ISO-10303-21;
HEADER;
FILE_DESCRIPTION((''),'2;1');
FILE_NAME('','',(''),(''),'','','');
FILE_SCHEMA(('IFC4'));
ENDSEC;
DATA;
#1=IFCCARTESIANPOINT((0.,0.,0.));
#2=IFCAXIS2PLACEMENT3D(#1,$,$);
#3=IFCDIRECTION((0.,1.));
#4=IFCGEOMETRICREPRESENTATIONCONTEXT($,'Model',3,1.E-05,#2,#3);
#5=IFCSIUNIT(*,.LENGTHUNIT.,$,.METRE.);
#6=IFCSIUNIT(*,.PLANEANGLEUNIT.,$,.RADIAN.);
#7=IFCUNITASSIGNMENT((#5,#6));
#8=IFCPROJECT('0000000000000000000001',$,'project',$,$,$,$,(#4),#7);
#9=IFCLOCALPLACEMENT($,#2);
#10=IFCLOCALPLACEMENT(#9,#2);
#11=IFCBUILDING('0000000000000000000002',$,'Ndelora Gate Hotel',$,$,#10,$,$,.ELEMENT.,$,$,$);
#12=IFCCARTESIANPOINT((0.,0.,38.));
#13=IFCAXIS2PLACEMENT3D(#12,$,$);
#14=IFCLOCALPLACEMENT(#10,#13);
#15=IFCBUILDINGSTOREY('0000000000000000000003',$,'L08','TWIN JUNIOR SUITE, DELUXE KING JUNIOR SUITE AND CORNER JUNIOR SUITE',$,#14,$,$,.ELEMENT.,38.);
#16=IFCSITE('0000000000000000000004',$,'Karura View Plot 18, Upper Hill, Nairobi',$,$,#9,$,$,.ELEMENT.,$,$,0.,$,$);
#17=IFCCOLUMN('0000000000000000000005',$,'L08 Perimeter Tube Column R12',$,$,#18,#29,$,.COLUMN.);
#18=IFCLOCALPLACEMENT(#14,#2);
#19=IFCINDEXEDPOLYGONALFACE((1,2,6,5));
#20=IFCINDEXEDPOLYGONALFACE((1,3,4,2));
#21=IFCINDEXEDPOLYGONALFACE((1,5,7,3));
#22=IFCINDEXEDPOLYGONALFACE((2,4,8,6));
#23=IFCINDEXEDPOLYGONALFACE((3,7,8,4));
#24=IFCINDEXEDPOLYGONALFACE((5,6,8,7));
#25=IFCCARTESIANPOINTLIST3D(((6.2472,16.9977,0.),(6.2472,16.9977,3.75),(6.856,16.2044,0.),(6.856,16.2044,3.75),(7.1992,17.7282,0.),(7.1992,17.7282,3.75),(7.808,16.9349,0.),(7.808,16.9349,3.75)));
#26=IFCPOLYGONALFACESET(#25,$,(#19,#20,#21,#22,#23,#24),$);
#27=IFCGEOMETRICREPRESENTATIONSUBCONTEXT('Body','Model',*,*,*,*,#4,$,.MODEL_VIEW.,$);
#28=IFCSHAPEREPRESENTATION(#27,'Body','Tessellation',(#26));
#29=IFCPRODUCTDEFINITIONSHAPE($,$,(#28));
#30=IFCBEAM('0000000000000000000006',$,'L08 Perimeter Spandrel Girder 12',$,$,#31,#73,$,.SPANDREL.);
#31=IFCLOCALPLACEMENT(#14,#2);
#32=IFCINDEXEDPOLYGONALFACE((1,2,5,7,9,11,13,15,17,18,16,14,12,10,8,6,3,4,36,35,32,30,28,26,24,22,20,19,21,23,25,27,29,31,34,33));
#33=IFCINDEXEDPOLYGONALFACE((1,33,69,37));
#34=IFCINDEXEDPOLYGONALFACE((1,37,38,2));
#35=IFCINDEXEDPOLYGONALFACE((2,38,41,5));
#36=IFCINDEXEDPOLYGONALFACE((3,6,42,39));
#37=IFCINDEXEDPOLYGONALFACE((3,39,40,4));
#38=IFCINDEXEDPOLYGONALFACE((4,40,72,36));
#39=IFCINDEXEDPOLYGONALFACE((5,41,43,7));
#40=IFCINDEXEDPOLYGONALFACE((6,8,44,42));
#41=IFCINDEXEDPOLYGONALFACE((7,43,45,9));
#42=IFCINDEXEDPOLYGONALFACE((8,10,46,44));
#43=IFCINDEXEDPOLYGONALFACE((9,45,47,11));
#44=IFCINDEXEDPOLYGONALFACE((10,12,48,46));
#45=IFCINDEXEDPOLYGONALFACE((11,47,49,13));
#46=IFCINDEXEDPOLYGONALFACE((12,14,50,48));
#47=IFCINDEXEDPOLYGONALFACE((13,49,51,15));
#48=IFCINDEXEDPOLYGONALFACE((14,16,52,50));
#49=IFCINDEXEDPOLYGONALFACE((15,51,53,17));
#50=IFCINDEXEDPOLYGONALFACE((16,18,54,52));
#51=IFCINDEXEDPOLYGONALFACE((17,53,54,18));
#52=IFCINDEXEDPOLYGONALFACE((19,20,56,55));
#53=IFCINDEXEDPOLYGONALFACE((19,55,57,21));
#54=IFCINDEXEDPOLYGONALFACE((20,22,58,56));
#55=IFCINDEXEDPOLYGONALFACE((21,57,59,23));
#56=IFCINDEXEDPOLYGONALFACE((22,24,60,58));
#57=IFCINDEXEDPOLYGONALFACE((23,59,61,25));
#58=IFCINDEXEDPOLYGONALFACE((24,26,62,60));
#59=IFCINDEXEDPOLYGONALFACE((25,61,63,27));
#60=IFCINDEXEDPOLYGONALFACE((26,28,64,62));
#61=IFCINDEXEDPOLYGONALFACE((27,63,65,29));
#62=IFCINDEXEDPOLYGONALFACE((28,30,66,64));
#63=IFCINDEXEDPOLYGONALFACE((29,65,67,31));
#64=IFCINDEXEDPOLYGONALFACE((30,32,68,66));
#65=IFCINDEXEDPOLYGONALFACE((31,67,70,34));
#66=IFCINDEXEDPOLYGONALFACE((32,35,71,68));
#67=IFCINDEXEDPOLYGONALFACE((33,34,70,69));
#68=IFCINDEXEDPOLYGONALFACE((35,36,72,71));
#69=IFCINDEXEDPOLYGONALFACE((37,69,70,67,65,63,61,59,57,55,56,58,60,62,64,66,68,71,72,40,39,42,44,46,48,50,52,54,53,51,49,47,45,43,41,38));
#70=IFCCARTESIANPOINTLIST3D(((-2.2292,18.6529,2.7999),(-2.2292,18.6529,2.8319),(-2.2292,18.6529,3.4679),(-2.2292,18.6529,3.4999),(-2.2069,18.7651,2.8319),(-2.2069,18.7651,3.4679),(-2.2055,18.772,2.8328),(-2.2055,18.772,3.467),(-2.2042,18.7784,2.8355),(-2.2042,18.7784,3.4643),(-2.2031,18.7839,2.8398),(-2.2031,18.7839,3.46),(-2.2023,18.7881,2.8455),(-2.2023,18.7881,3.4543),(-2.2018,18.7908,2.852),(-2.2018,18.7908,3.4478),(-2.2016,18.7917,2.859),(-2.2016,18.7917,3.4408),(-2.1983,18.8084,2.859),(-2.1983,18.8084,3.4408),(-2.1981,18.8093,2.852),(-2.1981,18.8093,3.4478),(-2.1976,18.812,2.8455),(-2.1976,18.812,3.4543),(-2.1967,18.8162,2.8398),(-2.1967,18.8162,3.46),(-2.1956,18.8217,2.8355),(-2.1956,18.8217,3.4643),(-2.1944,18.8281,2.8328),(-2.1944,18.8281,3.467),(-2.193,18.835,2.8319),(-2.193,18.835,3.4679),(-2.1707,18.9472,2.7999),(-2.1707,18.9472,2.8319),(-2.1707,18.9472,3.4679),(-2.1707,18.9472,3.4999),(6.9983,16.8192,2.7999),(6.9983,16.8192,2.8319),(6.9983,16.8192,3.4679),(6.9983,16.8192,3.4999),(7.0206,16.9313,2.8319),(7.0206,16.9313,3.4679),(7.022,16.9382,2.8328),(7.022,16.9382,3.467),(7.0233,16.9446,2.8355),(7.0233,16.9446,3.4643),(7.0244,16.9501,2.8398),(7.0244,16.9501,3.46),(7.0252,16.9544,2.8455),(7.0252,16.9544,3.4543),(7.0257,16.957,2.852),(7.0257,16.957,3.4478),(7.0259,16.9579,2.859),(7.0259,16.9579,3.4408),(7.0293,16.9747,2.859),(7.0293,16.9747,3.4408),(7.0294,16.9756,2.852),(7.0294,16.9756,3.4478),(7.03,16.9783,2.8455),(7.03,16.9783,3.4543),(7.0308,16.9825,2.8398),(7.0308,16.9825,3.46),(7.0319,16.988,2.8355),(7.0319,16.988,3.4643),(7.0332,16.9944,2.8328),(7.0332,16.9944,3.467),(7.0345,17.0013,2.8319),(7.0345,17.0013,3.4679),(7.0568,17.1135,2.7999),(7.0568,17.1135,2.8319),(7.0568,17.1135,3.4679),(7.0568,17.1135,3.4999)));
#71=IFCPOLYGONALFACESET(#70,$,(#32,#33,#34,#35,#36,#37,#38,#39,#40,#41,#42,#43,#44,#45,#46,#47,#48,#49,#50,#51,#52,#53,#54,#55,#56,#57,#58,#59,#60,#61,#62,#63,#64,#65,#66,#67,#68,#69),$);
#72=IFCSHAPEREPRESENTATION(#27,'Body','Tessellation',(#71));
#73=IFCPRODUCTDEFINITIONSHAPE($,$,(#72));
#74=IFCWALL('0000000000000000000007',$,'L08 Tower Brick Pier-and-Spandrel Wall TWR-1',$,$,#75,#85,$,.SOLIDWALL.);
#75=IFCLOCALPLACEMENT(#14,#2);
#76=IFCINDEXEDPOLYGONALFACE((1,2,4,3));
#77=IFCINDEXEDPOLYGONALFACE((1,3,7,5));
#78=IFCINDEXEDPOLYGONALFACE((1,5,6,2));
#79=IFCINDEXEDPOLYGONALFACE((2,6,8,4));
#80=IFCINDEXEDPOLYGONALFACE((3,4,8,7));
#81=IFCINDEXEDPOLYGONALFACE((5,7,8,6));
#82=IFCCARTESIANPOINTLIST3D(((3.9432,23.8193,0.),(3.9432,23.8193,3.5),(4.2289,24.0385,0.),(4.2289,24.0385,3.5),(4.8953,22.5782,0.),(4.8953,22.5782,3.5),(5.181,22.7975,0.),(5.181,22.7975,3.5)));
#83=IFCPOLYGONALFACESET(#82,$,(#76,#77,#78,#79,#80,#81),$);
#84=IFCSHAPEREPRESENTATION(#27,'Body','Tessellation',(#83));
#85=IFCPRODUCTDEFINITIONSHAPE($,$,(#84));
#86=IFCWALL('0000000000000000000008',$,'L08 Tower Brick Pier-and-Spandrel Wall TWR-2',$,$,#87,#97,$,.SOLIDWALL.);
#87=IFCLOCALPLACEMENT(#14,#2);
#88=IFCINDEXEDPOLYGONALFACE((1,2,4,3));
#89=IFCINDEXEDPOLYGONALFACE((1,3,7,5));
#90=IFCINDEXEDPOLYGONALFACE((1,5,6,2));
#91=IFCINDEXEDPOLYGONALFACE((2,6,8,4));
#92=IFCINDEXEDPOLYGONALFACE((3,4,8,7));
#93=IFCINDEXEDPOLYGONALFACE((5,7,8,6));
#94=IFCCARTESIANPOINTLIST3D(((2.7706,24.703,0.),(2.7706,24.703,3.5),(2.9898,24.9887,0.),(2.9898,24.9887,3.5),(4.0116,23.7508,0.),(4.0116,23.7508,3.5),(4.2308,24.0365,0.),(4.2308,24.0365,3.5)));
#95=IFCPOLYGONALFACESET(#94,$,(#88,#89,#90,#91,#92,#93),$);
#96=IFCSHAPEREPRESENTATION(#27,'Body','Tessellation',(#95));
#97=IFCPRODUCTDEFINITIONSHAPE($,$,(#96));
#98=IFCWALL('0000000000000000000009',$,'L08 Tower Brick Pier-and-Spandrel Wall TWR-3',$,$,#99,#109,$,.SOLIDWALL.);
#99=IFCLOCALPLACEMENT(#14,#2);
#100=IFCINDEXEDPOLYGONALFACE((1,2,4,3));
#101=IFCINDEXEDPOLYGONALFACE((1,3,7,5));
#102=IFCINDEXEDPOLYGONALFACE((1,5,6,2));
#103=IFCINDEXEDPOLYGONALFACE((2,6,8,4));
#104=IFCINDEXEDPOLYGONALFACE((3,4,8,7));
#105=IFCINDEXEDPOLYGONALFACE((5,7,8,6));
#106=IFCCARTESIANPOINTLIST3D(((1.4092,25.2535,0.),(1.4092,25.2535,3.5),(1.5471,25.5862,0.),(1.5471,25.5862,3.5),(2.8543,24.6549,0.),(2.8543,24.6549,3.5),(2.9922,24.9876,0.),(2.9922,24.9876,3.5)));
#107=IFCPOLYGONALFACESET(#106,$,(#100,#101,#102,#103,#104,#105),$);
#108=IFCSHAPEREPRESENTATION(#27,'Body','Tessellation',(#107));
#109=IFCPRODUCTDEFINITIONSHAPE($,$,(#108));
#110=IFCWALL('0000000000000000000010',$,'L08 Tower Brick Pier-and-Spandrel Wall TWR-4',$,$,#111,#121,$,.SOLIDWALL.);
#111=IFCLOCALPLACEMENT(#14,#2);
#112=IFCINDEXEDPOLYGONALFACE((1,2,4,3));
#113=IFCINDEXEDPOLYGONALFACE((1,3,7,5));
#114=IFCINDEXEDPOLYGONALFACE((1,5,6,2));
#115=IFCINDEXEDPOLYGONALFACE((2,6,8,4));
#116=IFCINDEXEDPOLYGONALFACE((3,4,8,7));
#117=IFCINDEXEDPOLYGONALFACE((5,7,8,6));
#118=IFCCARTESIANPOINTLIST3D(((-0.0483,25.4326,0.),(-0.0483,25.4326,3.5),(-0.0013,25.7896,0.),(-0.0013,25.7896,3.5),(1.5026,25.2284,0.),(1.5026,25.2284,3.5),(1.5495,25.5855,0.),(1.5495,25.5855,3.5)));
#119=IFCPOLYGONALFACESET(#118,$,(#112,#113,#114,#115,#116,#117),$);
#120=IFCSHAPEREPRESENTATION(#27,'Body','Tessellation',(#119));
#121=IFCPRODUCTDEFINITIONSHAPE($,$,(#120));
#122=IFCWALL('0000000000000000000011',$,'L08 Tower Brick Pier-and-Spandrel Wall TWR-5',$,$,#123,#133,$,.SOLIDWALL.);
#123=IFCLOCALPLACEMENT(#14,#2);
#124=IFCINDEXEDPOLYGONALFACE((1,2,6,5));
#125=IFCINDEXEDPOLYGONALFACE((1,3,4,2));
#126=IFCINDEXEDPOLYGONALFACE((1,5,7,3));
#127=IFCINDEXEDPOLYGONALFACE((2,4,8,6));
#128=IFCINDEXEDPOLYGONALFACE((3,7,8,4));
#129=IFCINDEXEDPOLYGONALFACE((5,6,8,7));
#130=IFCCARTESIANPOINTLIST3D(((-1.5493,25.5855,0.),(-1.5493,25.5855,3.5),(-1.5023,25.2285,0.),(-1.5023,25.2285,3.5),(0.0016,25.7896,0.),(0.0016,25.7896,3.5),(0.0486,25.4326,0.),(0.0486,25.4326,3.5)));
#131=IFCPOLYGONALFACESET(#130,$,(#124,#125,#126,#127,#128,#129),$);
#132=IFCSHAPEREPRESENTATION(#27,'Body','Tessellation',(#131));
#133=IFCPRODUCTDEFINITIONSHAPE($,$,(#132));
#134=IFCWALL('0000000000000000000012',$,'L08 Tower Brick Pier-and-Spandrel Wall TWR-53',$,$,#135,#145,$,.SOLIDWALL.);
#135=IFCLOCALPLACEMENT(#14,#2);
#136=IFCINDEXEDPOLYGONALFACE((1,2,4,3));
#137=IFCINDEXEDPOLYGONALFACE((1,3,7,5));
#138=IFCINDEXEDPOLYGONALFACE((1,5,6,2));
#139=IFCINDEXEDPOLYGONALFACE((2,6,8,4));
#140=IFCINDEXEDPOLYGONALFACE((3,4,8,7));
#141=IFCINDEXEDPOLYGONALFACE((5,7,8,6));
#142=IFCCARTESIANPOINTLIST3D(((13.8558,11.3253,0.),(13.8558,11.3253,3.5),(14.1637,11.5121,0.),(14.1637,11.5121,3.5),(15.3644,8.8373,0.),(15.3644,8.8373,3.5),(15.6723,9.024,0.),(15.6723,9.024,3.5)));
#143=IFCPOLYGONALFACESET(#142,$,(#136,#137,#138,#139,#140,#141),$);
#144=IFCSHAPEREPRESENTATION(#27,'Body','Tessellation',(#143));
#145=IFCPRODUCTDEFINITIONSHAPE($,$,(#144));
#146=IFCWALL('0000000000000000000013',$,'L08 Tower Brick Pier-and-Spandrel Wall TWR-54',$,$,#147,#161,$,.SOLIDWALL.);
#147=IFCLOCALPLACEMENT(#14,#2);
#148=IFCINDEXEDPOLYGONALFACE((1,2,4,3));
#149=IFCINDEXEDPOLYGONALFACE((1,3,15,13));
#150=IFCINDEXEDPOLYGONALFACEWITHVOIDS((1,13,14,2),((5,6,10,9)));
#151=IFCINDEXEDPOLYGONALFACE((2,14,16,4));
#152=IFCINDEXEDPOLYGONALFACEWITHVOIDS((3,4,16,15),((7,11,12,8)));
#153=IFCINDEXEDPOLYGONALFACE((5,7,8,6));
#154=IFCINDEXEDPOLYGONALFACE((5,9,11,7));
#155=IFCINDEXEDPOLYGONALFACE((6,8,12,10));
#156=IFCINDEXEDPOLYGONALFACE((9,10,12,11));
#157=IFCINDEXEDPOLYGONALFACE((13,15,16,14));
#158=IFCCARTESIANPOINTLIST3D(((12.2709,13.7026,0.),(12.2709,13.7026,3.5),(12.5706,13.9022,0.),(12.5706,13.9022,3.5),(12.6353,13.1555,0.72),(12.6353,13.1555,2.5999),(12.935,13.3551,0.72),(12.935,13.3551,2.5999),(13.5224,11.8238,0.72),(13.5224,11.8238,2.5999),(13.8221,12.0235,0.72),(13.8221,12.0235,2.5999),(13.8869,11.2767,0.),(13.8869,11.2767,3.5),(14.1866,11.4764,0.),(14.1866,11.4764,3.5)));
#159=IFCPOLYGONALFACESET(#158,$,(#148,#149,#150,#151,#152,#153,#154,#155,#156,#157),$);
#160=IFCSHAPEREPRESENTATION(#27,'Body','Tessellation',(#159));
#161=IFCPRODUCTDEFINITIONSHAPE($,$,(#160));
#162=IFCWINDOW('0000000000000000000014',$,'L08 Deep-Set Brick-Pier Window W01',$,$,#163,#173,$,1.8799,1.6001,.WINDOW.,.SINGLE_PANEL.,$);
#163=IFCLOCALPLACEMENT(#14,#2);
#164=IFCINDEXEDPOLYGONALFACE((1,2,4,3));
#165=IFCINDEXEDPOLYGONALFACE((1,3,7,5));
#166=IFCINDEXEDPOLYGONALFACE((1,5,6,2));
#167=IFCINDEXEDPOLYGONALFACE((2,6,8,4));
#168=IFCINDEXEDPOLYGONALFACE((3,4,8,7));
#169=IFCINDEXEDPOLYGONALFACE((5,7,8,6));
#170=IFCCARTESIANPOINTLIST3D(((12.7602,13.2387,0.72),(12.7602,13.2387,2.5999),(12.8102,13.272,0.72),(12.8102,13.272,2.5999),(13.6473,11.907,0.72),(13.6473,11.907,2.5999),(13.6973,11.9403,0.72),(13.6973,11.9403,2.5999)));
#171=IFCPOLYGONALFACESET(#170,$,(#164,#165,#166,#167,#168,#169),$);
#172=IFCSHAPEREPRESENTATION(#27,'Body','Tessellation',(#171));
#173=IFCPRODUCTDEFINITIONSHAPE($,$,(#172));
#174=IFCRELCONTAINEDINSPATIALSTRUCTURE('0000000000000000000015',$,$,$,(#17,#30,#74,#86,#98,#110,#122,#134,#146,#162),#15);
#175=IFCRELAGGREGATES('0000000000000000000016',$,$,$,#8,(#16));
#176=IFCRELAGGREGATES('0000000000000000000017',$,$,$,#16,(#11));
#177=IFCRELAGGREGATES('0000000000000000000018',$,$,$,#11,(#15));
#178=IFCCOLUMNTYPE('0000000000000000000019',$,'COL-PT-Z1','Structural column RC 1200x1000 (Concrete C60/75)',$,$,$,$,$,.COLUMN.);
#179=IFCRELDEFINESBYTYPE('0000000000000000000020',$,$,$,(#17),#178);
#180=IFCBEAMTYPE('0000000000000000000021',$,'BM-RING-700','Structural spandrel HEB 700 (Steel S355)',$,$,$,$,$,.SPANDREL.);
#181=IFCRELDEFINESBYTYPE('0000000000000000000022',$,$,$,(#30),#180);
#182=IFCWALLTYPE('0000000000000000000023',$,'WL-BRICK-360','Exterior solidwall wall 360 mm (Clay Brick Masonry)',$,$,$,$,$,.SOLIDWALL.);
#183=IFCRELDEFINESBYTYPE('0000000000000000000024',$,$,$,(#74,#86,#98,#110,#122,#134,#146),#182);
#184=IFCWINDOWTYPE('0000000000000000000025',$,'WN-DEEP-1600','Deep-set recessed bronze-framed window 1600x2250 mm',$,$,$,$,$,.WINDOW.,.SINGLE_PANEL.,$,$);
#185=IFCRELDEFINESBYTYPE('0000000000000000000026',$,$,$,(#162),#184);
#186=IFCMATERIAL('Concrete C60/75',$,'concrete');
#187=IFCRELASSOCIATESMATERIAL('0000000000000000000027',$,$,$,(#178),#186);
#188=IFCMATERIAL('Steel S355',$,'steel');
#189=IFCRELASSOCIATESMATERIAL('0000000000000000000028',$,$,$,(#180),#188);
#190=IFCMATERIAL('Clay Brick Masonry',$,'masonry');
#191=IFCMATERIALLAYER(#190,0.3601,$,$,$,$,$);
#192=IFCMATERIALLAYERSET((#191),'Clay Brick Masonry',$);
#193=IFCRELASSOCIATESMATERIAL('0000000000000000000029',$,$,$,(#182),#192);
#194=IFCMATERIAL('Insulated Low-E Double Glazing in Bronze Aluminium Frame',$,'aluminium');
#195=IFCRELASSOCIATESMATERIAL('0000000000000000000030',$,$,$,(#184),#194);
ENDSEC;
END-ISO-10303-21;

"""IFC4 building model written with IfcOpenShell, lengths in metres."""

from ifc_helpers import new_model, si_unit, direction, frame, frame_2d, origin, origin_2d, place, context, subcontext, project, spatial, rectangle, i_section, extrude, material, layer, layer_set, material_profile, profile_set, type_object, element, fill, save


model = new_model("IFC4")

# Units and contexts
model_context = context("Model", 3, precision=1e-05, world=origin(), true_north=direction((0.0, 1.0)))
body_context = subcontext(model_context, "Body", "Model", "MODEL_VIEW")
ifc_project = project(units=[si_unit("LENGTHUNIT", "METRE"), si_unit("PLANEANGLEUNIT", "RADIAN")], contexts=[model_context])

# Site, building, storey
site_placement = place(None, origin())
site = spatial("IfcSite", under=ifc_project, at=site_placement, Name="Karura View Plot 18, Upper Hill, Nairobi", CompositionType="ELEMENT", RefElevation=0.0)
building_placement = place(site_placement, origin())
building = spatial("IfcBuilding", under=site, at=building_placement, Name="Ndelora Gate Hotel", CompositionType="ELEMENT")
storey_placement = place(building_placement, frame((0.0, 0.0, 38.0)))
storey = spatial("IfcBuildingStorey", under=building, at=storey_placement, Name="L08", Description="TWIN JUNIOR SUITE, DELUXE KING JUNIOR SUITE AND CORNER JUNIOR SUITE", CompositionType="ELEMENT", Elevation=38.0)

# Column
ifc_material_1 = material(Name="Concrete C60/75", Category="concrete")
ifc_material_profile_1 = material_profile(ifc_material_1, rectangle(XDim=1.0, YDim=1.2, at=origin_2d()), Name="RC 1200x1000")
ifc_profile_set_1 = profile_set([ifc_material_profile_1], Name="Concrete C60/75")
column_type = type_object("IfcColumnType", Name="COL-PT-Z1", Description="Structural column RC 1200x1000 (Concrete C60/75)", PredefinedType="COLUMN", material=ifc_profile_set_1)
column_placement = place(storey_placement, frame((7.0276, 16.9663, 0.0), z_axis=(0.0, 0.0, 1.0), x_axis=(-0.608761, 0.793353, 0.0)))
element("IfcColumn", 1, at=column_placement, inside=storey, type_object=column_type, Name="L08 Perimeter Tube Column R12", PredefinedType="COLUMN", context=body_context, shape_type="SweptSolid", body=[
    extrude(rectangle(XDim=1.0, YDim=1.2, at=origin_2d()), origin(), (0.0, 0.0, 1.0), 3.75),
])

# Beam
ifc_material_2 = material(Name="Steel S355", Category="steel")
ifc_material_profile_2 = material_profile(ifc_material_2, i_section(OverallWidth=0.3, OverallDepth=0.7, WebThickness=0.0171, FlangeThickness=0.032, FilletRadius=0.0271, at=origin_2d()), Name="HEB 700")
ifc_profile_set_2 = profile_set([ifc_material_profile_2], Name="Steel S355")
beam_type = type_object("IfcBeamType", Name="BM-RING-700", Description="Structural spandrel HEB 700 (Steel S355)", PredefinedType="SPANDREL", material=ifc_profile_set_2)
beam_placement = place(storey_placement, frame((7.0276, 16.9663, 3.1499), z_axis=(-0.98082, 0.194913, 0.0), x_axis=(-0.194913, -0.98082, 0.0)))
element("IfcBeam", 2, at=beam_placement, inside=storey, type_object=beam_type, Name="L08 Perimeter Spandrel Girder 12", PredefinedType="SPANDREL", context=body_context, shape_type="SweptSolid", body=[
    extrude(i_section(OverallWidth=0.3, OverallDepth=0.7, WebThickness=0.0171, FlangeThickness=0.032, FilletRadius=0.0271, at=origin_2d()), origin(), (0.0, 0.0, 1.0), 9.408),
])

# Walls
ifc_material_3 = material(Name="Clay Brick Masonry", Category="masonry")
ifc_layer_1 = layer(ifc_material_3, 0.3601)
ifc_layer_set_1 = layer_set([ifc_layer_1], Name="Clay Brick Masonry")
wall_type_1 = type_object("IfcWallType", Name="WL-BRICK-360", Description="Exterior solidwall wall 360 mm (Clay Brick Masonry)", PredefinedType="SOLIDWALL", material=ifc_layer_set_1)
for number, where, z_axis, x_axis, name in (
    (3, (4.0859, 23.929, 0.0), (0.0, 0.0, 1.0), (0.60873, -0.793378, 0.0), "L08 Tower Brick Pier-and-Spandrel Wall TWR-1"),
    (4, (2.8801, 24.8459, 0.0), (0.0, 0.0, 1.0), (0.793378, -0.60873, 0.0), "L08 Tower Brick Pier-and-Spandrel Wall TWR-2"),
    (5, (1.478, 25.4199, 0.0), (0.0, 0.0, 1.0), (0.923865, -0.382719, 0.0), "L08 Tower Brick Pier-and-Spandrel Wall TWR-3"),
    (6, (-0.0249, 25.6111, 0.0), (0.0, 0.0, 1.0), (0.99145, -0.130487, 0.0), "L08 Tower Brick Pier-and-Spandrel Wall TWR-4"),
    (7, (-1.5259, 25.407, 0.0), (0.0, 0.0, 1.0), (0.99145, 0.130487, 0.0), "L08 Tower Brick Pier-and-Spandrel Wall TWR-5"),
):
    element("IfcWall", number, at=place(storey_placement, frame(where, z_axis=z_axis, x_axis=x_axis)), inside=storey, type_object=wall_type_1, Name=name, PredefinedType="SOLIDWALL", context=body_context, shape_type="SweptSolid", body=[
        extrude(rectangle(XDim=1.5642, YDim=0.3601, at=frame_2d((0.7822, 0.0))), origin(), (0.0, 0.0, 1.0), 3.5),
    ])
wall_1_placement = place(storey_placement, frame((14.0098, 11.4187, 0.0), z_axis=(0.0, 0.0, 1.0), x_axis=(0.518463, -0.8551, 0.0)))
element("IfcWall", 8, at=wall_1_placement, inside=storey, type_object=wall_type_1, Name="L08 Tower Brick Pier-and-Spandrel Wall TWR-53", PredefinedType="SOLIDWALL", context=body_context, shape_type="SweptSolid", body=[
    extrude(rectangle(XDim=2.9097, YDim=0.3601, at=frame_2d((1.4548, 0.0))), origin(), (0.0, 0.0, 1.0), 3.5),
])

# Wall, opening, window
wall_2_placement = place(storey_placement, frame((12.4207, 13.8025, 0.0), z_axis=(0.0, 0.0, 1.0), x_axis=(0.55441, -0.832244, 0.0)))
wall_2 = element("IfcWall", 9, at=wall_2_placement, inside=storey, type_object=wall_type_1, Name="L08 Tower Brick Pier-and-Spandrel Wall TWR-54", PredefinedType="SOLIDWALL", context=body_context, shape_type="SweptSolid", body=[
    extrude(rectangle(XDim=2.9148, YDim=0.3601, at=frame_2d((1.4575, 0.0))), origin(), (0.0, 0.0, 1.0), 3.5),
])
opening_1_placement = place(wall_2_placement, frame((0.6575, 0.0, 0.72)))
opening_1 = element("IfcOpeningElement", 10, at=opening_1_placement, cuts=wall_2, PredefinedType="OPENING", context=body_context, shape_type="SweptSolid", body=[
    extrude(rectangle(XDim=1.6001, YDim=1.8799, at=frame_2d((0.8, 0.9399))), frame((0.0, 0.1899, 0.0), z_axis=(0.0, -1.0, 0.0), x_axis=(1.0, 0.0, 0.0)), (0.0, 0.0, 1.0), 0.3801),
])
ifc_material_4 = material(Name="Insulated Low-E Double Glazing in Bronze Aluminium Frame", Category="aluminium")
window_type = type_object("IfcWindowType", Name="WN-DEEP-1600", Description="Deep-set recessed bronze-framed window 1600x2250 mm", PartitioningType="SINGLE_PANEL", PredefinedType="WINDOW", material=ifc_material_4)
window_1_placement = place(opening_1_placement, origin())
window_1 = element("IfcWindow", 11, at=window_1_placement, inside=storey, type_object=window_type, Name="L08 Deep-Set Brick-Pier Window W01", OverallHeight=1.8799, OverallWidth=1.6001, PartitioningType="SINGLE_PANEL", PredefinedType="WINDOW", context=body_context, shape_type="SweptSolid", body=[
    extrude(rectangle(XDim=1.6001, YDim=1.8799, at=frame_2d((0.8, 0.9399))), frame((0.0, 0.03, 0.0), z_axis=(0.0, -1.0, 0.0), x_axis=(1.0, 0.0, 0.0)), (0.0, 0.0, 1.0), 0.0601),
])
fill(opening_1, window_1)

save(model, "model.ifc")
